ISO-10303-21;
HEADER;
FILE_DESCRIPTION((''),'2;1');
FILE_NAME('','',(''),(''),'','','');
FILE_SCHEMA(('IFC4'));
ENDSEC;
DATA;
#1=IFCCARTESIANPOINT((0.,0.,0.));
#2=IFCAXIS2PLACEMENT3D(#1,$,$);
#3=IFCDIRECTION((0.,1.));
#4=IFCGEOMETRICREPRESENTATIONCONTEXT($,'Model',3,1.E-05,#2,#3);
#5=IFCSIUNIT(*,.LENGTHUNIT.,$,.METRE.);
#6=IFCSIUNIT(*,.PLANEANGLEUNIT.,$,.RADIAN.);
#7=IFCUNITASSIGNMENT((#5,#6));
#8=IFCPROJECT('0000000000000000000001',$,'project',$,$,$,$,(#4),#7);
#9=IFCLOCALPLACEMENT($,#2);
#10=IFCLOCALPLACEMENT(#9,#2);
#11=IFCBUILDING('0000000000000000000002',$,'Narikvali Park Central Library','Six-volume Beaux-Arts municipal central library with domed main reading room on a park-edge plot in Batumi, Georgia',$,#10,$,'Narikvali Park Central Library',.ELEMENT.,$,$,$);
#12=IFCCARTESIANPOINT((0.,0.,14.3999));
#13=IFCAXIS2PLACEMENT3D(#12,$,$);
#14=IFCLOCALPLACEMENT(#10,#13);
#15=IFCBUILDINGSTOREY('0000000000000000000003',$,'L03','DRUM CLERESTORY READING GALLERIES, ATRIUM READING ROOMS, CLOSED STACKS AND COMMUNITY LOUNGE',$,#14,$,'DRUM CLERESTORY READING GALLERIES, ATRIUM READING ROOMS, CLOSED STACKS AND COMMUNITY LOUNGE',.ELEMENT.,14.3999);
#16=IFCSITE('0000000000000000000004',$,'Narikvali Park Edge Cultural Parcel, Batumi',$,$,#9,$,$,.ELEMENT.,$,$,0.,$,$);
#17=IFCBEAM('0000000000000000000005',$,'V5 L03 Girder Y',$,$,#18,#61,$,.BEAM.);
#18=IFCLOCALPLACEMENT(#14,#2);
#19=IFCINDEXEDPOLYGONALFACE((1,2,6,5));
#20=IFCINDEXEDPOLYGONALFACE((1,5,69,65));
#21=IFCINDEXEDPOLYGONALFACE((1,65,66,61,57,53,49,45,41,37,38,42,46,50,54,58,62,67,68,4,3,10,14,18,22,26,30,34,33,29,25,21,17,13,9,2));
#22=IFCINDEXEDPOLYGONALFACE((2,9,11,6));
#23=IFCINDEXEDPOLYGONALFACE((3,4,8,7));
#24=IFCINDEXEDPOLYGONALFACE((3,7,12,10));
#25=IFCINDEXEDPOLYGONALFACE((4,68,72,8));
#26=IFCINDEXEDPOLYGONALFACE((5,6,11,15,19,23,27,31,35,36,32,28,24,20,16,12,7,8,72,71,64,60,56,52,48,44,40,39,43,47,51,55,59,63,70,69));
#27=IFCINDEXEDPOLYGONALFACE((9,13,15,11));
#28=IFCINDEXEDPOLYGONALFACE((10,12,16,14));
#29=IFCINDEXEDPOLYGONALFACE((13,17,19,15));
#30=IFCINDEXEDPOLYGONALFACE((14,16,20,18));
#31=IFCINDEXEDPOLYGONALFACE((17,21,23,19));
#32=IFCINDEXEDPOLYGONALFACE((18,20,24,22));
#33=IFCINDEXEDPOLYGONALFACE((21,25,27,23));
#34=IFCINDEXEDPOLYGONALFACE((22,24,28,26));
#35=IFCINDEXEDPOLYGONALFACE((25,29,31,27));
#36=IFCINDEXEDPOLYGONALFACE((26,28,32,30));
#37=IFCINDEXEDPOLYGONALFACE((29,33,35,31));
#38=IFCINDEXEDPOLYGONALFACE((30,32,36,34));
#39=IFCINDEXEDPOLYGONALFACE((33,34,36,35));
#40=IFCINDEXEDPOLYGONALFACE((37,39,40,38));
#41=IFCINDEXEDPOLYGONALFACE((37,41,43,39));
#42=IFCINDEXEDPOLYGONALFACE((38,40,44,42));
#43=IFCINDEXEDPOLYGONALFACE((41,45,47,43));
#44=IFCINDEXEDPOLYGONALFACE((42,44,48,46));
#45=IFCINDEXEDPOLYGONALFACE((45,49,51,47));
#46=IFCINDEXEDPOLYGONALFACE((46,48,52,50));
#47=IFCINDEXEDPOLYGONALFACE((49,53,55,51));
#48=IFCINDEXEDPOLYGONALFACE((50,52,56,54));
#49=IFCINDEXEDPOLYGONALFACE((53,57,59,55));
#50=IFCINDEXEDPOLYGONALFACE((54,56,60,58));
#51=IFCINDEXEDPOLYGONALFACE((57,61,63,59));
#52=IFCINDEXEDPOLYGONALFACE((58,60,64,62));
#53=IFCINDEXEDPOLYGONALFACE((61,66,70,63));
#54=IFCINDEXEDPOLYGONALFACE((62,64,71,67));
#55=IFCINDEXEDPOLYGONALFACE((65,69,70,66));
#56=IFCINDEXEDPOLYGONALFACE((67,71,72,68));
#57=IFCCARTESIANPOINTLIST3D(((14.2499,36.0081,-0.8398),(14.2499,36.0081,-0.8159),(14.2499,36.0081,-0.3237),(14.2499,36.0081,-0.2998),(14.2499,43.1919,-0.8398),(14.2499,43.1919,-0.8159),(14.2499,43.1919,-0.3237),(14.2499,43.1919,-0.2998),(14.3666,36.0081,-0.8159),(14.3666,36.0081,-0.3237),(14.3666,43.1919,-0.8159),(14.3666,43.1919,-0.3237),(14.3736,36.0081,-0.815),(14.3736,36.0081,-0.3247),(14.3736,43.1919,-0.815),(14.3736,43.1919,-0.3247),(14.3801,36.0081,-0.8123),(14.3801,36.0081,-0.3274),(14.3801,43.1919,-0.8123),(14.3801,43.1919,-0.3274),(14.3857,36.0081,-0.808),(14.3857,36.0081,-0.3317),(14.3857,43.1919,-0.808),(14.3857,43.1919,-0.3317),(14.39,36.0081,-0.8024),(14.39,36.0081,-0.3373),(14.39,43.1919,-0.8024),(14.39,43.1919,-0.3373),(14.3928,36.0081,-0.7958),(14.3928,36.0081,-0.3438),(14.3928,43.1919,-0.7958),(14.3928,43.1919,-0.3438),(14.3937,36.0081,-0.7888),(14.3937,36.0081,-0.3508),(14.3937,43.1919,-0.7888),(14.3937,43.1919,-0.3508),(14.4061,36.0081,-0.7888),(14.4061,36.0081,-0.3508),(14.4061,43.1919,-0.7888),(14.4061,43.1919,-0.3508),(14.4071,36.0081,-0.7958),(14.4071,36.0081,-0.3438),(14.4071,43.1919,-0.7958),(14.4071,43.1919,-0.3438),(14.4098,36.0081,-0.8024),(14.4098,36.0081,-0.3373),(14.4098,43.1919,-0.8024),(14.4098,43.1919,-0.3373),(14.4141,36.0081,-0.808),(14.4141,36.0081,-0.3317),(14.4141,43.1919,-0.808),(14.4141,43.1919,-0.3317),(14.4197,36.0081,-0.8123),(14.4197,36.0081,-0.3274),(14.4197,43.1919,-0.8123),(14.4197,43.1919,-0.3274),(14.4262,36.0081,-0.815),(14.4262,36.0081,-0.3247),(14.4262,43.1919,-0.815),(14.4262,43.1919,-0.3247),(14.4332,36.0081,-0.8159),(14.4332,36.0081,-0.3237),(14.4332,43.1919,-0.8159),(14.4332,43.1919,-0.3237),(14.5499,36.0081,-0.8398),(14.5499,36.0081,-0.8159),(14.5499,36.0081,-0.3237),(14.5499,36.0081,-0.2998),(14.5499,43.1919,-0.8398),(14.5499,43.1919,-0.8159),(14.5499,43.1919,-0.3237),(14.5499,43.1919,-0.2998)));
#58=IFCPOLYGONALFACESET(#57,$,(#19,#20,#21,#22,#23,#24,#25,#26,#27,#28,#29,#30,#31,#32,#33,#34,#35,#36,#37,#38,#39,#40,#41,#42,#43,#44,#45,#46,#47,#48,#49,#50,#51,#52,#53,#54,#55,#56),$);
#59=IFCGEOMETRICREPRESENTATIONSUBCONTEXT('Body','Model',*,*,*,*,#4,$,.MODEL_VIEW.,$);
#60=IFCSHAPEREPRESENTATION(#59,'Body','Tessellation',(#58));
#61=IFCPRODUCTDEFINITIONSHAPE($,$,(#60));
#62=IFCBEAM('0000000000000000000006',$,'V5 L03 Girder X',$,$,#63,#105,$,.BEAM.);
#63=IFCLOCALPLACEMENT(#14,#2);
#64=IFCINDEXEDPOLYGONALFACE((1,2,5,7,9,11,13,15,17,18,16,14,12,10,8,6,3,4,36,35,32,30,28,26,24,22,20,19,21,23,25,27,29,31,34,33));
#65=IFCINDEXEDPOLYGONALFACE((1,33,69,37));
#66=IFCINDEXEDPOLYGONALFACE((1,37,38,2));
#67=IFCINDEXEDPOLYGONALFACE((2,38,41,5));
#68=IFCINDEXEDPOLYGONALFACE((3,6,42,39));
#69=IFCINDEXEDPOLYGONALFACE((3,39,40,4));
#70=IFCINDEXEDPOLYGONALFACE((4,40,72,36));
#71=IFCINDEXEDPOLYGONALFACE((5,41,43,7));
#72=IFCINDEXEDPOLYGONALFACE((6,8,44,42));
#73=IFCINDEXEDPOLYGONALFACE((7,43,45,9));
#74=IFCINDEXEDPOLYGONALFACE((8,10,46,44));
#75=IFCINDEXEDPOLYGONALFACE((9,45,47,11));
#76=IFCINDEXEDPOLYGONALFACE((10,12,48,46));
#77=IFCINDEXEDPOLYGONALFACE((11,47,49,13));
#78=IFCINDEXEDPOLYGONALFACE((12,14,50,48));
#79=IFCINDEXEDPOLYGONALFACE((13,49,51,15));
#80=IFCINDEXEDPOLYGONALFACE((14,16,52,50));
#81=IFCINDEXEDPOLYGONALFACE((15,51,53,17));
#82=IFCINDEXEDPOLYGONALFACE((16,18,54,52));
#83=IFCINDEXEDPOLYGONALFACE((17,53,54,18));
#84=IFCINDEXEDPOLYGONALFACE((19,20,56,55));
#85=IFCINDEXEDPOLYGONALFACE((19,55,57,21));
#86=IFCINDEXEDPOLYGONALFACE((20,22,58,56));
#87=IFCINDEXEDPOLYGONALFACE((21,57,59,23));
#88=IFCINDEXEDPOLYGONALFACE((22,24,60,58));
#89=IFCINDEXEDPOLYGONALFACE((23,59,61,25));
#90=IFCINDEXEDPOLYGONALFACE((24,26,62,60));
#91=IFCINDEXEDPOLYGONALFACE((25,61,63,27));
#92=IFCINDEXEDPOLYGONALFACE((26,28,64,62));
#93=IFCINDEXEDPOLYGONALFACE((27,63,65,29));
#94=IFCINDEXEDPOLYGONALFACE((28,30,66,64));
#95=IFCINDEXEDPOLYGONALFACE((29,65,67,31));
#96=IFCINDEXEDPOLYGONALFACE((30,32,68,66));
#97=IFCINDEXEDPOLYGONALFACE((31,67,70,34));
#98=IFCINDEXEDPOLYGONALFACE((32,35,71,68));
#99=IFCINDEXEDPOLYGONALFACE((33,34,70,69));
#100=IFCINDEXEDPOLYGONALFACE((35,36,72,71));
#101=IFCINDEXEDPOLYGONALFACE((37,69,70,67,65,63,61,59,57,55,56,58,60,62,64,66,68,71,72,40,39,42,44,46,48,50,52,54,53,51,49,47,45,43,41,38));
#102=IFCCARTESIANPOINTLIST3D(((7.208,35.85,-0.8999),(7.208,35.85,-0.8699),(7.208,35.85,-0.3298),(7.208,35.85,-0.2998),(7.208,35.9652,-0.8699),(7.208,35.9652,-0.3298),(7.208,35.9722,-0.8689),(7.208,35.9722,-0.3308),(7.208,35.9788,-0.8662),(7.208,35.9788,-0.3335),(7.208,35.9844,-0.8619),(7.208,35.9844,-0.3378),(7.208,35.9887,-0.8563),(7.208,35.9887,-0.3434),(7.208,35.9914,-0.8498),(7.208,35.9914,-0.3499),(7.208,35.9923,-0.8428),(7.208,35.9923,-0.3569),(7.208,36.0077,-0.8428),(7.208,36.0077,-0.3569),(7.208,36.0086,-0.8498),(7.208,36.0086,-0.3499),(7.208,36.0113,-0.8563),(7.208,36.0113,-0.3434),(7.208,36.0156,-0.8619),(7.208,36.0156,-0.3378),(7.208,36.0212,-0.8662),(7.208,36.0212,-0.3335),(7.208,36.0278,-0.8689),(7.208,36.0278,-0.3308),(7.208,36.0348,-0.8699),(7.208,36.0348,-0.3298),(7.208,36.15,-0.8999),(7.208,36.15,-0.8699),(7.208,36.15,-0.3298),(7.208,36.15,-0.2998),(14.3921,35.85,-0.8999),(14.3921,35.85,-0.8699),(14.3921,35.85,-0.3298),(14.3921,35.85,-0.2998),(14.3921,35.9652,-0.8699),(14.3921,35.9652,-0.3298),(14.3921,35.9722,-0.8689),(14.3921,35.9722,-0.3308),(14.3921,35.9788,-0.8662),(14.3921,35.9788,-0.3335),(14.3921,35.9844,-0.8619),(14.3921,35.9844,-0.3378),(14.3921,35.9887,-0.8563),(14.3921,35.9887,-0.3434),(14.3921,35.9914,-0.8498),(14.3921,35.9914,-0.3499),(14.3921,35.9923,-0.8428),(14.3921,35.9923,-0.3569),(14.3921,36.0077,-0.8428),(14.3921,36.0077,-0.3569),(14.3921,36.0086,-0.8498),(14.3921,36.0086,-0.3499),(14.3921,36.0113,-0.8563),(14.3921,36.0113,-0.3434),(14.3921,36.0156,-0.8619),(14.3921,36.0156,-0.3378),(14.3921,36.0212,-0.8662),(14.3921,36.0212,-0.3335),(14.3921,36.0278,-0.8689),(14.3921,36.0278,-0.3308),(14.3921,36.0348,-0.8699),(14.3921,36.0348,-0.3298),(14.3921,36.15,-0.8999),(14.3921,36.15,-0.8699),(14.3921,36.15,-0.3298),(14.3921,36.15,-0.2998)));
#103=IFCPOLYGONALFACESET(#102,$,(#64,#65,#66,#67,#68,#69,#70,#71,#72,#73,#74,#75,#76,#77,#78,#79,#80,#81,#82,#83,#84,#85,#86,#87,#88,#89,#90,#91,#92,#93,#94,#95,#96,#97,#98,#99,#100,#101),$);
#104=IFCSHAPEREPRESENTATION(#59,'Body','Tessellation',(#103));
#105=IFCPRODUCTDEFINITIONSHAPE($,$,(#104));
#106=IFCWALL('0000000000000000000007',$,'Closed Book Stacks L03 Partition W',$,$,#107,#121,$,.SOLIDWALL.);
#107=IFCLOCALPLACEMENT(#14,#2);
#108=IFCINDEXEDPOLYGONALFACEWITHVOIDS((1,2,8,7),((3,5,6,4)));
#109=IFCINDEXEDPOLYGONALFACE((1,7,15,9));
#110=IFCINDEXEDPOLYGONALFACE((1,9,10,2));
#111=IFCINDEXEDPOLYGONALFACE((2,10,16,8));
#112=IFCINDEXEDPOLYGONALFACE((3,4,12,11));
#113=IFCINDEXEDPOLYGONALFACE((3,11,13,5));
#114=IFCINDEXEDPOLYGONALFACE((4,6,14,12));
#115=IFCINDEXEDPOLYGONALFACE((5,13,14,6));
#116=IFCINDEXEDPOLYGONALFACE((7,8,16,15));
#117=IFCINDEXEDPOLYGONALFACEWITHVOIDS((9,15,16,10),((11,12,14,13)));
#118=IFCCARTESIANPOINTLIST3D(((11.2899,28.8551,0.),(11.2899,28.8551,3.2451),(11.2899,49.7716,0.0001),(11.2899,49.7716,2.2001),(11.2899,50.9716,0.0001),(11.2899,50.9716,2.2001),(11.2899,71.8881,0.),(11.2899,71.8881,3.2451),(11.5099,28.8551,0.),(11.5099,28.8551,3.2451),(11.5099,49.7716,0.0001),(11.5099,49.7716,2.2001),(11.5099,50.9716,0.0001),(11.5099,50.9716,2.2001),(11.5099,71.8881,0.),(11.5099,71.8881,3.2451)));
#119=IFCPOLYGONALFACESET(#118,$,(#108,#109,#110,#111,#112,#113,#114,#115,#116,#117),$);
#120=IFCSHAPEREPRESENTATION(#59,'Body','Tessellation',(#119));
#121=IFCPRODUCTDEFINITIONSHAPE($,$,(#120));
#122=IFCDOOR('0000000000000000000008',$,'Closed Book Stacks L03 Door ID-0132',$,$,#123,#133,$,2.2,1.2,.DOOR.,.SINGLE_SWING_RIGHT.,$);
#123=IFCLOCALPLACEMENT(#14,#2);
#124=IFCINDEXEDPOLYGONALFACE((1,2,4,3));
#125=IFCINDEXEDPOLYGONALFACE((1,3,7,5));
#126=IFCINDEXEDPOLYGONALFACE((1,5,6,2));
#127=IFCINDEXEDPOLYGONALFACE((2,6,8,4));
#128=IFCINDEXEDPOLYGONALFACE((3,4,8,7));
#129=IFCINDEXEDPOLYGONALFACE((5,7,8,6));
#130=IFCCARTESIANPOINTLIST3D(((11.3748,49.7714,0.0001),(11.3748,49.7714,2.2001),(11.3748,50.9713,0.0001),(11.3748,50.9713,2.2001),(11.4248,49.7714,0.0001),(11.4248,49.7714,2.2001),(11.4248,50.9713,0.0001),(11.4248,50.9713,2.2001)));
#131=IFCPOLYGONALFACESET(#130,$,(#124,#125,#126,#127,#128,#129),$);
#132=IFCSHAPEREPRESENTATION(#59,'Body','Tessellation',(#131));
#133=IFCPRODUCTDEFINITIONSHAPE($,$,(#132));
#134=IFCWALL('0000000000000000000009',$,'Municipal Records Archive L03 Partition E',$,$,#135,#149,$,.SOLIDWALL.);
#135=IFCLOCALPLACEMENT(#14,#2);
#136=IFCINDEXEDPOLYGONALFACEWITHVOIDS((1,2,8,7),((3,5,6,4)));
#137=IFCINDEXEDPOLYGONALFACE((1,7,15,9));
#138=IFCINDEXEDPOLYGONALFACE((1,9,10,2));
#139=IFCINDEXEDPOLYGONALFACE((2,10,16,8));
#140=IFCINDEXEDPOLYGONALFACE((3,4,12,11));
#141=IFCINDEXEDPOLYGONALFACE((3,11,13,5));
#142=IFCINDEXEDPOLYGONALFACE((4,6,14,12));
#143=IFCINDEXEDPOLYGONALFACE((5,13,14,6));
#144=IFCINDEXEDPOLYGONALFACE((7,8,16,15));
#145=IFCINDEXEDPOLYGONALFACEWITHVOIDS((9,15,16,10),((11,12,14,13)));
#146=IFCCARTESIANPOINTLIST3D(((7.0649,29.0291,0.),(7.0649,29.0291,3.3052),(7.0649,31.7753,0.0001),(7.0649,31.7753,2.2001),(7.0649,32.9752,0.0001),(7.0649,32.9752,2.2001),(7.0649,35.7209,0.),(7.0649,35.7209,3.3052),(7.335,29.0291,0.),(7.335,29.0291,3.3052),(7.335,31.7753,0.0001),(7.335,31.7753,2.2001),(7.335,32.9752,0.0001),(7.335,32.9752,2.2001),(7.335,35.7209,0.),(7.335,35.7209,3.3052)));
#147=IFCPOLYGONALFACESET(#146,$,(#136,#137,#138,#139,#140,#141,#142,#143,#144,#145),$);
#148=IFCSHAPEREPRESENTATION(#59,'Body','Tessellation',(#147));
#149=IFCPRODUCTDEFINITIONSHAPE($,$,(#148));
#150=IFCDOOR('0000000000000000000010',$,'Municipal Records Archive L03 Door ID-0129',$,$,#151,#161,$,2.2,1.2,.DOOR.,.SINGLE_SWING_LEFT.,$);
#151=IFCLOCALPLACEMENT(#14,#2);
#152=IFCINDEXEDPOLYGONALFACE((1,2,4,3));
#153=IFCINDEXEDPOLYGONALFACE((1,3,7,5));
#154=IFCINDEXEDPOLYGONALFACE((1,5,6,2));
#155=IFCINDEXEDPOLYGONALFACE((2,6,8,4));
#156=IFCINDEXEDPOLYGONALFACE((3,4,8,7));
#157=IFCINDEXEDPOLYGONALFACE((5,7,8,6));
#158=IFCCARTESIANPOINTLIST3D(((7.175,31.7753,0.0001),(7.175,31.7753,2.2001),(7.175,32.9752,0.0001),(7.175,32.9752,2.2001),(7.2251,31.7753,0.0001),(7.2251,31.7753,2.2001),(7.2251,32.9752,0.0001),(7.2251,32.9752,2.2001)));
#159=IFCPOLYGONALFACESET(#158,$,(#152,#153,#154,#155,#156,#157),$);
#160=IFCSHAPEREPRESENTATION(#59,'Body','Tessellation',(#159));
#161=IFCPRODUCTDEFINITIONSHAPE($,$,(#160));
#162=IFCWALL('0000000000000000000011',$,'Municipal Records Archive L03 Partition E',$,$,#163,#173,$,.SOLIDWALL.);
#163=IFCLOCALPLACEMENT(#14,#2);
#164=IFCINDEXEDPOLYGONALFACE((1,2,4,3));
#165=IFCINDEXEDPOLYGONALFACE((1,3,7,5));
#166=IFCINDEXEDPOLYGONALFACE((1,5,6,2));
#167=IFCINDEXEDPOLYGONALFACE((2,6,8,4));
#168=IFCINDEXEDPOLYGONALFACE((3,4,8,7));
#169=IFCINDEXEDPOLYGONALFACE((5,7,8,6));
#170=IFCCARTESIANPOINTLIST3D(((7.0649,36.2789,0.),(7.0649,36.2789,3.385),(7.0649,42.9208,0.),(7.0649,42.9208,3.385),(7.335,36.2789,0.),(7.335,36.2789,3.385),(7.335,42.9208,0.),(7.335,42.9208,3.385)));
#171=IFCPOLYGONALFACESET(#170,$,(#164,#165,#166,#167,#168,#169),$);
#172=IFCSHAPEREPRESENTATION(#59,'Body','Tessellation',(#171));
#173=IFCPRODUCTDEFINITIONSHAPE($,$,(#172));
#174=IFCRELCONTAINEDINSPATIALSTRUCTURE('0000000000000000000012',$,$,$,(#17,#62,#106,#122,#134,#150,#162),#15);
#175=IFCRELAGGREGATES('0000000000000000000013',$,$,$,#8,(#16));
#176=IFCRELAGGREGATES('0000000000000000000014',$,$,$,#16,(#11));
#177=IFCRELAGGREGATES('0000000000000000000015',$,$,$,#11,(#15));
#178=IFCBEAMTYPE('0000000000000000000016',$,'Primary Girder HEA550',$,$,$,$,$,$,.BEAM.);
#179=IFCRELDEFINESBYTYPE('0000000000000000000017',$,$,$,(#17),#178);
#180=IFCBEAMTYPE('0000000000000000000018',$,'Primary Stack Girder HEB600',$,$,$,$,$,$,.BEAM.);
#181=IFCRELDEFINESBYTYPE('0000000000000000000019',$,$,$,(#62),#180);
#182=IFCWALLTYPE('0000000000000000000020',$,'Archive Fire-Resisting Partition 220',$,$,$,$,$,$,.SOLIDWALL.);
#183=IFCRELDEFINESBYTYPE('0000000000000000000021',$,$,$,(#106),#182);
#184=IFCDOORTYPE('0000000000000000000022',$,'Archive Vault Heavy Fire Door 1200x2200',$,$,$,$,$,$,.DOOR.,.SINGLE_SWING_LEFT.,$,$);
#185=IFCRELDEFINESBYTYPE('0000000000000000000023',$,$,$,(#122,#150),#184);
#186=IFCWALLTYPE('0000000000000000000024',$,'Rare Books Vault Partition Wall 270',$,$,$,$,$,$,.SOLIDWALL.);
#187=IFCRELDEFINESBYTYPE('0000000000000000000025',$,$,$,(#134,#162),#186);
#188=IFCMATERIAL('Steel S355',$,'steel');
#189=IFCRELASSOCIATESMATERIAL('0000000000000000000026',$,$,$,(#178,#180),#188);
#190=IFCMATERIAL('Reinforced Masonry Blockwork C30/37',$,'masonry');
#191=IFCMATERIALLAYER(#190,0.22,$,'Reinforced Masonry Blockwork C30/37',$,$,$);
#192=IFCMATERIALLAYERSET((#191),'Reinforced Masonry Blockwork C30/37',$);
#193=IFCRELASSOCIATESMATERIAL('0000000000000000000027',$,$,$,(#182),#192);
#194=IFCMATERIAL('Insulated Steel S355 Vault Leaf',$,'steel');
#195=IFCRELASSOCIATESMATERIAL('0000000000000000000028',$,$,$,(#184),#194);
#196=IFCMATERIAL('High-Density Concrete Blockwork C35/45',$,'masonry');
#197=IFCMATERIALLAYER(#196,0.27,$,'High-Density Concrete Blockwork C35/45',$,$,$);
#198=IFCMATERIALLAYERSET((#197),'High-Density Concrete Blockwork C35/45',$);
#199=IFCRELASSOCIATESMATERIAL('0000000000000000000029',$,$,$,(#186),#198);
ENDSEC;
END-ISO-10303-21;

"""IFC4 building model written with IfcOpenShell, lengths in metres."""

from ifc_helpers import new_model, si_unit, direction, frame, frame_2d, origin, origin_2d, place, context, subcontext, project, spatial, rectangle, i_section, extrude, material, layer, layer_set, material_profile, profile_set, type_object, element, fill, save


model = new_model("IFC4")

# Units and contexts
model_context = context("Model", 3, precision=1e-05, world=origin(), true_north=direction((0.0, 1.0)))
body_context = subcontext(model_context, "Body", "Model", "MODEL_VIEW")
ifc_project = project(units=[si_unit("LENGTHUNIT", "METRE"), si_unit("PLANEANGLEUNIT", "RADIAN")], contexts=[model_context])

# Site, building, storey
site_placement = place(None, origin())
site = spatial("IfcSite", under=ifc_project, at=site_placement, Name="Narikvali Park Edge Cultural Parcel, Batumi", CompositionType="ELEMENT", RefElevation=0.0)
building_placement = place(site_placement, origin())
building = spatial("IfcBuilding", under=site, at=building_placement, Name="Narikvali Park Central Library", Description="Six-volume Beaux-Arts municipal central library with domed main reading room on a park-edge plot in Batumi, Georgia", LongName="Narikvali Park Central Library", CompositionType="ELEMENT")
storey_placement = place(building_placement, frame((0.0, 0.0, 14.3999)))
storey = spatial("IfcBuildingStorey", under=building, at=storey_placement, Name="L03", Description="DRUM CLERESTORY READING GALLERIES, ATRIUM READING ROOMS, CLOSED STACKS AND COMMUNITY LOUNGE", LongName="DRUM CLERESTORY READING GALLERIES, ATRIUM READING ROOMS, CLOSED STACKS AND COMMUNITY LOUNGE", CompositionType="ELEMENT", Elevation=14.3999)

# Shared definitions
ifc_material_1 = material(Name="Steel S355", Category="steel")

# Beams
ifc_material_profile_1 = material_profile(ifc_material_1, i_section(OverallWidth=0.3, OverallDepth=0.54, WebThickness=0.0125, FlangeThickness=0.0239, FilletRadius=0.0271, at=origin_2d()), Name="HEA 550")
ifc_profile_set_1 = profile_set([ifc_material_profile_1], Name="Steel S355")
beam_type_1 = type_object("IfcBeamType", Name="Primary Girder HEA550", PredefinedType="BEAM", material=ifc_profile_set_1)
for number, where, z_axis, x_axis, name in (
    (1, (14.3999, 36.0081, -0.5698), (0.0, 1.0, 0.0), (-1.0, 0.0, 0.0), "V5 L03 Girder Y"),
):
    element("IfcBeam", number, at=place(storey_placement, frame(where, z_axis=z_axis, x_axis=x_axis)), inside=storey, type_object=beam_type_1, Name=name, PredefinedType="BEAM", context=body_context, shape_type="SweptSolid", body=[
        extrude(i_section(OverallWidth=0.3, OverallDepth=0.54, WebThickness=0.0125, FlangeThickness=0.0239, FilletRadius=0.0271, at=origin_2d()), origin(), (0.0, 0.0, 1.0), 7.1838),
    ])
ifc_material_profile_2 = material_profile(ifc_material_1, i_section(OverallWidth=0.3, OverallDepth=0.6001, WebThickness=0.0154, FlangeThickness=0.03, FilletRadius=0.0271, at=origin_2d()), Name="HEB 600")
ifc_profile_set_2 = profile_set([ifc_material_profile_2], Name="Steel S355")
beam_type_2 = type_object("IfcBeamType", Name="Primary Stack Girder HEB600", PredefinedType="BEAM", material=ifc_profile_set_2)
beam_placement = place(storey_placement, frame((7.208, 36.0, -0.5999), z_axis=(1.0, 0.0, 0.0), x_axis=(0.0, 1.0, 0.0)))
element("IfcBeam", 2, at=beam_placement, inside=storey, type_object=beam_type_2, Name="V5 L03 Girder X", PredefinedType="BEAM", context=body_context, shape_type="SweptSolid", body=[
    extrude(i_section(OverallWidth=0.3, OverallDepth=0.6001, WebThickness=0.0154, FlangeThickness=0.03, FilletRadius=0.0271, at=origin_2d()), origin(), (0.0, 0.0, 1.0), 7.1841),
])

# Walls, openings, doors
ifc_material_2 = material(Name="Reinforced Masonry Blockwork C30/37", Category="masonry")
ifc_layer_1 = layer(ifc_material_2, 0.22, Name="Reinforced Masonry Blockwork C30/37")
ifc_layer_set_1 = layer_set([ifc_layer_1], Name="Reinforced Masonry Blockwork C30/37")
wall_type_1 = type_object("IfcWallType", Name="Archive Fire-Resisting Partition 220", PredefinedType="SOLIDWALL", material=ifc_layer_set_1)
wall_1_placement = place(storey_placement, frame((11.3999, 28.855, 0.0), z_axis=(0.0, 0.0, 1.0), x_axis=(0.0, 1.0, 0.0)))
wall_1 = element("IfcWall", 3, at=wall_1_placement, inside=storey, type_object=wall_type_1, Name="Closed Book Stacks L03 Partition W", PredefinedType="SOLIDWALL", context=body_context, shape_type="SweptSolid", body=[
    extrude(rectangle(XDim=43.033, YDim=0.22, at=frame_2d((21.5166, 0.0))), origin(), (0.0, 0.0, 1.0), 3.2451),
])
opening_1_placement = place(wall_1_placement, frame((20.9165, 0.0, 0.0)))
opening_1 = element("IfcOpeningElement", 4, at=opening_1_placement, cuts=wall_1, PredefinedType="OPENING", context=body_context, shape_type="SweptSolid", body=[
    extrude(rectangle(XDim=1.2, YDim=2.2, at=frame_2d((0.6001, 1.1001))), frame((0.0, 0.1221, 0.0), z_axis=(0.0, -1.0, 0.0), x_axis=(1.0, 0.0, 0.0)), (0.0, 0.0, 1.0), 0.2439),
])
ifc_material_3 = material(Name="Insulated Steel S355 Vault Leaf", Category="steel")
door_type = type_object("IfcDoorType", Name="Archive Vault Heavy Fire Door 1200x2200", OperationType="SINGLE_SWING_LEFT", PredefinedType="DOOR", material=ifc_material_3)
door_1_placement = place(opening_1_placement, frame((1.2, 0.0, 0.0), z_axis=(0.0, 0.0, 1.0), x_axis=(-1.0, 0.0, 0.0)))
door_1 = element("IfcDoor", 5, at=door_1_placement, inside=storey, type_object=door_type, Name="Closed Book Stacks L03 Door ID-0132", OperationType="SINGLE_SWING_RIGHT", OverallHeight=2.2, OverallWidth=1.2, PredefinedType="DOOR", context=body_context, shape_type="SweptSolid", body=[
    extrude(rectangle(XDim=1.2, YDim=2.2, at=frame_2d((0.6001, 1.1001))), frame((0.0, 0.0249, 0.0), z_axis=(0.0, -1.0, 0.0), x_axis=(1.0, 0.0, 0.0)), (0.0, 0.0, 1.0), 0.05),
])
fill(opening_1, door_1)
ifc_material_4 = material(Name="High-Density Concrete Blockwork C35/45", Category="masonry")
ifc_layer_2 = layer(ifc_material_4, 0.27, Name="High-Density Concrete Blockwork C35/45")
ifc_layer_set_2 = layer_set([ifc_layer_2], Name="High-Density Concrete Blockwork C35/45")
wall_type_2 = type_object("IfcWallType", Name="Rare Books Vault Partition Wall 270", PredefinedType="SOLIDWALL", material=ifc_layer_set_2)
wall_2_placement = place(storey_placement, frame((7.2, 29.0291, 0.0), z_axis=(0.0, 0.0, 1.0), x_axis=(0.0, 1.0, 0.0)))
wall_2 = element("IfcWall", 6, at=wall_2_placement, inside=storey, type_object=wall_type_2, Name="Municipal Records Archive L03 Partition E", PredefinedType="SOLIDWALL", context=body_context, shape_type="SweptSolid", body=[
    extrude(rectangle(XDim=6.6919, YDim=0.27, at=frame_2d((3.3459, 0.0))), origin(), (0.0, 0.0, 1.0), 3.3052),
])
opening_2_placement = place(wall_2_placement, frame((2.7461, 0.0, 0.0)))
opening_2 = element("IfcOpeningElement", 7, at=opening_2_placement, cuts=wall_2, PredefinedType="OPENING", context=body_context, shape_type="SweptSolid", body=[
    extrude(rectangle(XDim=1.2, YDim=2.2, at=frame_2d((0.6001, 1.1001))), frame((0.0, 0.147, 0.0), z_axis=(0.0, -1.0, 0.0), x_axis=(1.0, 0.0, 0.0)), (0.0, 0.0, 1.0), 0.2939),
])
door_2_placement = place(opening_2_placement, origin())
door_2 = element("IfcDoor", 8, at=door_2_placement, inside=storey, type_object=door_type, Name="Municipal Records Archive L03 Door ID-0129", OperationType="SINGLE_SWING_LEFT", OverallHeight=2.2, OverallWidth=1.2, PredefinedType="DOOR", context=body_context, shape_type="SweptSolid", body=[
    extrude(rectangle(XDim=1.2, YDim=2.2, at=frame_2d((0.6001, 1.1001))), frame((0.0, 0.0249, 0.0), z_axis=(0.0, -1.0, 0.0), x_axis=(1.0, 0.0, 0.0)), (0.0, 0.0, 1.0), 0.05),
])
fill(opening_2, door_2)

# Wall
wall_3_placement = place(storey_placement, frame((7.2, 36.2791, 0.0), z_axis=(0.0, 0.0, 1.0), x_axis=(0.0, 1.0, 0.0)))
element("IfcWall", 9, at=wall_3_placement, inside=storey, type_object=wall_type_2, Name="Municipal Records Archive L03 Partition E", PredefinedType="SOLIDWALL", context=body_context, shape_type="SweptSolid", body=[
    extrude(rectangle(XDim=6.6418, YDim=0.27, at=frame_2d((3.3208, 0.0))), origin(), (0.0, 0.0, 1.0), 3.385),
])

save(model, "model.ifc")
